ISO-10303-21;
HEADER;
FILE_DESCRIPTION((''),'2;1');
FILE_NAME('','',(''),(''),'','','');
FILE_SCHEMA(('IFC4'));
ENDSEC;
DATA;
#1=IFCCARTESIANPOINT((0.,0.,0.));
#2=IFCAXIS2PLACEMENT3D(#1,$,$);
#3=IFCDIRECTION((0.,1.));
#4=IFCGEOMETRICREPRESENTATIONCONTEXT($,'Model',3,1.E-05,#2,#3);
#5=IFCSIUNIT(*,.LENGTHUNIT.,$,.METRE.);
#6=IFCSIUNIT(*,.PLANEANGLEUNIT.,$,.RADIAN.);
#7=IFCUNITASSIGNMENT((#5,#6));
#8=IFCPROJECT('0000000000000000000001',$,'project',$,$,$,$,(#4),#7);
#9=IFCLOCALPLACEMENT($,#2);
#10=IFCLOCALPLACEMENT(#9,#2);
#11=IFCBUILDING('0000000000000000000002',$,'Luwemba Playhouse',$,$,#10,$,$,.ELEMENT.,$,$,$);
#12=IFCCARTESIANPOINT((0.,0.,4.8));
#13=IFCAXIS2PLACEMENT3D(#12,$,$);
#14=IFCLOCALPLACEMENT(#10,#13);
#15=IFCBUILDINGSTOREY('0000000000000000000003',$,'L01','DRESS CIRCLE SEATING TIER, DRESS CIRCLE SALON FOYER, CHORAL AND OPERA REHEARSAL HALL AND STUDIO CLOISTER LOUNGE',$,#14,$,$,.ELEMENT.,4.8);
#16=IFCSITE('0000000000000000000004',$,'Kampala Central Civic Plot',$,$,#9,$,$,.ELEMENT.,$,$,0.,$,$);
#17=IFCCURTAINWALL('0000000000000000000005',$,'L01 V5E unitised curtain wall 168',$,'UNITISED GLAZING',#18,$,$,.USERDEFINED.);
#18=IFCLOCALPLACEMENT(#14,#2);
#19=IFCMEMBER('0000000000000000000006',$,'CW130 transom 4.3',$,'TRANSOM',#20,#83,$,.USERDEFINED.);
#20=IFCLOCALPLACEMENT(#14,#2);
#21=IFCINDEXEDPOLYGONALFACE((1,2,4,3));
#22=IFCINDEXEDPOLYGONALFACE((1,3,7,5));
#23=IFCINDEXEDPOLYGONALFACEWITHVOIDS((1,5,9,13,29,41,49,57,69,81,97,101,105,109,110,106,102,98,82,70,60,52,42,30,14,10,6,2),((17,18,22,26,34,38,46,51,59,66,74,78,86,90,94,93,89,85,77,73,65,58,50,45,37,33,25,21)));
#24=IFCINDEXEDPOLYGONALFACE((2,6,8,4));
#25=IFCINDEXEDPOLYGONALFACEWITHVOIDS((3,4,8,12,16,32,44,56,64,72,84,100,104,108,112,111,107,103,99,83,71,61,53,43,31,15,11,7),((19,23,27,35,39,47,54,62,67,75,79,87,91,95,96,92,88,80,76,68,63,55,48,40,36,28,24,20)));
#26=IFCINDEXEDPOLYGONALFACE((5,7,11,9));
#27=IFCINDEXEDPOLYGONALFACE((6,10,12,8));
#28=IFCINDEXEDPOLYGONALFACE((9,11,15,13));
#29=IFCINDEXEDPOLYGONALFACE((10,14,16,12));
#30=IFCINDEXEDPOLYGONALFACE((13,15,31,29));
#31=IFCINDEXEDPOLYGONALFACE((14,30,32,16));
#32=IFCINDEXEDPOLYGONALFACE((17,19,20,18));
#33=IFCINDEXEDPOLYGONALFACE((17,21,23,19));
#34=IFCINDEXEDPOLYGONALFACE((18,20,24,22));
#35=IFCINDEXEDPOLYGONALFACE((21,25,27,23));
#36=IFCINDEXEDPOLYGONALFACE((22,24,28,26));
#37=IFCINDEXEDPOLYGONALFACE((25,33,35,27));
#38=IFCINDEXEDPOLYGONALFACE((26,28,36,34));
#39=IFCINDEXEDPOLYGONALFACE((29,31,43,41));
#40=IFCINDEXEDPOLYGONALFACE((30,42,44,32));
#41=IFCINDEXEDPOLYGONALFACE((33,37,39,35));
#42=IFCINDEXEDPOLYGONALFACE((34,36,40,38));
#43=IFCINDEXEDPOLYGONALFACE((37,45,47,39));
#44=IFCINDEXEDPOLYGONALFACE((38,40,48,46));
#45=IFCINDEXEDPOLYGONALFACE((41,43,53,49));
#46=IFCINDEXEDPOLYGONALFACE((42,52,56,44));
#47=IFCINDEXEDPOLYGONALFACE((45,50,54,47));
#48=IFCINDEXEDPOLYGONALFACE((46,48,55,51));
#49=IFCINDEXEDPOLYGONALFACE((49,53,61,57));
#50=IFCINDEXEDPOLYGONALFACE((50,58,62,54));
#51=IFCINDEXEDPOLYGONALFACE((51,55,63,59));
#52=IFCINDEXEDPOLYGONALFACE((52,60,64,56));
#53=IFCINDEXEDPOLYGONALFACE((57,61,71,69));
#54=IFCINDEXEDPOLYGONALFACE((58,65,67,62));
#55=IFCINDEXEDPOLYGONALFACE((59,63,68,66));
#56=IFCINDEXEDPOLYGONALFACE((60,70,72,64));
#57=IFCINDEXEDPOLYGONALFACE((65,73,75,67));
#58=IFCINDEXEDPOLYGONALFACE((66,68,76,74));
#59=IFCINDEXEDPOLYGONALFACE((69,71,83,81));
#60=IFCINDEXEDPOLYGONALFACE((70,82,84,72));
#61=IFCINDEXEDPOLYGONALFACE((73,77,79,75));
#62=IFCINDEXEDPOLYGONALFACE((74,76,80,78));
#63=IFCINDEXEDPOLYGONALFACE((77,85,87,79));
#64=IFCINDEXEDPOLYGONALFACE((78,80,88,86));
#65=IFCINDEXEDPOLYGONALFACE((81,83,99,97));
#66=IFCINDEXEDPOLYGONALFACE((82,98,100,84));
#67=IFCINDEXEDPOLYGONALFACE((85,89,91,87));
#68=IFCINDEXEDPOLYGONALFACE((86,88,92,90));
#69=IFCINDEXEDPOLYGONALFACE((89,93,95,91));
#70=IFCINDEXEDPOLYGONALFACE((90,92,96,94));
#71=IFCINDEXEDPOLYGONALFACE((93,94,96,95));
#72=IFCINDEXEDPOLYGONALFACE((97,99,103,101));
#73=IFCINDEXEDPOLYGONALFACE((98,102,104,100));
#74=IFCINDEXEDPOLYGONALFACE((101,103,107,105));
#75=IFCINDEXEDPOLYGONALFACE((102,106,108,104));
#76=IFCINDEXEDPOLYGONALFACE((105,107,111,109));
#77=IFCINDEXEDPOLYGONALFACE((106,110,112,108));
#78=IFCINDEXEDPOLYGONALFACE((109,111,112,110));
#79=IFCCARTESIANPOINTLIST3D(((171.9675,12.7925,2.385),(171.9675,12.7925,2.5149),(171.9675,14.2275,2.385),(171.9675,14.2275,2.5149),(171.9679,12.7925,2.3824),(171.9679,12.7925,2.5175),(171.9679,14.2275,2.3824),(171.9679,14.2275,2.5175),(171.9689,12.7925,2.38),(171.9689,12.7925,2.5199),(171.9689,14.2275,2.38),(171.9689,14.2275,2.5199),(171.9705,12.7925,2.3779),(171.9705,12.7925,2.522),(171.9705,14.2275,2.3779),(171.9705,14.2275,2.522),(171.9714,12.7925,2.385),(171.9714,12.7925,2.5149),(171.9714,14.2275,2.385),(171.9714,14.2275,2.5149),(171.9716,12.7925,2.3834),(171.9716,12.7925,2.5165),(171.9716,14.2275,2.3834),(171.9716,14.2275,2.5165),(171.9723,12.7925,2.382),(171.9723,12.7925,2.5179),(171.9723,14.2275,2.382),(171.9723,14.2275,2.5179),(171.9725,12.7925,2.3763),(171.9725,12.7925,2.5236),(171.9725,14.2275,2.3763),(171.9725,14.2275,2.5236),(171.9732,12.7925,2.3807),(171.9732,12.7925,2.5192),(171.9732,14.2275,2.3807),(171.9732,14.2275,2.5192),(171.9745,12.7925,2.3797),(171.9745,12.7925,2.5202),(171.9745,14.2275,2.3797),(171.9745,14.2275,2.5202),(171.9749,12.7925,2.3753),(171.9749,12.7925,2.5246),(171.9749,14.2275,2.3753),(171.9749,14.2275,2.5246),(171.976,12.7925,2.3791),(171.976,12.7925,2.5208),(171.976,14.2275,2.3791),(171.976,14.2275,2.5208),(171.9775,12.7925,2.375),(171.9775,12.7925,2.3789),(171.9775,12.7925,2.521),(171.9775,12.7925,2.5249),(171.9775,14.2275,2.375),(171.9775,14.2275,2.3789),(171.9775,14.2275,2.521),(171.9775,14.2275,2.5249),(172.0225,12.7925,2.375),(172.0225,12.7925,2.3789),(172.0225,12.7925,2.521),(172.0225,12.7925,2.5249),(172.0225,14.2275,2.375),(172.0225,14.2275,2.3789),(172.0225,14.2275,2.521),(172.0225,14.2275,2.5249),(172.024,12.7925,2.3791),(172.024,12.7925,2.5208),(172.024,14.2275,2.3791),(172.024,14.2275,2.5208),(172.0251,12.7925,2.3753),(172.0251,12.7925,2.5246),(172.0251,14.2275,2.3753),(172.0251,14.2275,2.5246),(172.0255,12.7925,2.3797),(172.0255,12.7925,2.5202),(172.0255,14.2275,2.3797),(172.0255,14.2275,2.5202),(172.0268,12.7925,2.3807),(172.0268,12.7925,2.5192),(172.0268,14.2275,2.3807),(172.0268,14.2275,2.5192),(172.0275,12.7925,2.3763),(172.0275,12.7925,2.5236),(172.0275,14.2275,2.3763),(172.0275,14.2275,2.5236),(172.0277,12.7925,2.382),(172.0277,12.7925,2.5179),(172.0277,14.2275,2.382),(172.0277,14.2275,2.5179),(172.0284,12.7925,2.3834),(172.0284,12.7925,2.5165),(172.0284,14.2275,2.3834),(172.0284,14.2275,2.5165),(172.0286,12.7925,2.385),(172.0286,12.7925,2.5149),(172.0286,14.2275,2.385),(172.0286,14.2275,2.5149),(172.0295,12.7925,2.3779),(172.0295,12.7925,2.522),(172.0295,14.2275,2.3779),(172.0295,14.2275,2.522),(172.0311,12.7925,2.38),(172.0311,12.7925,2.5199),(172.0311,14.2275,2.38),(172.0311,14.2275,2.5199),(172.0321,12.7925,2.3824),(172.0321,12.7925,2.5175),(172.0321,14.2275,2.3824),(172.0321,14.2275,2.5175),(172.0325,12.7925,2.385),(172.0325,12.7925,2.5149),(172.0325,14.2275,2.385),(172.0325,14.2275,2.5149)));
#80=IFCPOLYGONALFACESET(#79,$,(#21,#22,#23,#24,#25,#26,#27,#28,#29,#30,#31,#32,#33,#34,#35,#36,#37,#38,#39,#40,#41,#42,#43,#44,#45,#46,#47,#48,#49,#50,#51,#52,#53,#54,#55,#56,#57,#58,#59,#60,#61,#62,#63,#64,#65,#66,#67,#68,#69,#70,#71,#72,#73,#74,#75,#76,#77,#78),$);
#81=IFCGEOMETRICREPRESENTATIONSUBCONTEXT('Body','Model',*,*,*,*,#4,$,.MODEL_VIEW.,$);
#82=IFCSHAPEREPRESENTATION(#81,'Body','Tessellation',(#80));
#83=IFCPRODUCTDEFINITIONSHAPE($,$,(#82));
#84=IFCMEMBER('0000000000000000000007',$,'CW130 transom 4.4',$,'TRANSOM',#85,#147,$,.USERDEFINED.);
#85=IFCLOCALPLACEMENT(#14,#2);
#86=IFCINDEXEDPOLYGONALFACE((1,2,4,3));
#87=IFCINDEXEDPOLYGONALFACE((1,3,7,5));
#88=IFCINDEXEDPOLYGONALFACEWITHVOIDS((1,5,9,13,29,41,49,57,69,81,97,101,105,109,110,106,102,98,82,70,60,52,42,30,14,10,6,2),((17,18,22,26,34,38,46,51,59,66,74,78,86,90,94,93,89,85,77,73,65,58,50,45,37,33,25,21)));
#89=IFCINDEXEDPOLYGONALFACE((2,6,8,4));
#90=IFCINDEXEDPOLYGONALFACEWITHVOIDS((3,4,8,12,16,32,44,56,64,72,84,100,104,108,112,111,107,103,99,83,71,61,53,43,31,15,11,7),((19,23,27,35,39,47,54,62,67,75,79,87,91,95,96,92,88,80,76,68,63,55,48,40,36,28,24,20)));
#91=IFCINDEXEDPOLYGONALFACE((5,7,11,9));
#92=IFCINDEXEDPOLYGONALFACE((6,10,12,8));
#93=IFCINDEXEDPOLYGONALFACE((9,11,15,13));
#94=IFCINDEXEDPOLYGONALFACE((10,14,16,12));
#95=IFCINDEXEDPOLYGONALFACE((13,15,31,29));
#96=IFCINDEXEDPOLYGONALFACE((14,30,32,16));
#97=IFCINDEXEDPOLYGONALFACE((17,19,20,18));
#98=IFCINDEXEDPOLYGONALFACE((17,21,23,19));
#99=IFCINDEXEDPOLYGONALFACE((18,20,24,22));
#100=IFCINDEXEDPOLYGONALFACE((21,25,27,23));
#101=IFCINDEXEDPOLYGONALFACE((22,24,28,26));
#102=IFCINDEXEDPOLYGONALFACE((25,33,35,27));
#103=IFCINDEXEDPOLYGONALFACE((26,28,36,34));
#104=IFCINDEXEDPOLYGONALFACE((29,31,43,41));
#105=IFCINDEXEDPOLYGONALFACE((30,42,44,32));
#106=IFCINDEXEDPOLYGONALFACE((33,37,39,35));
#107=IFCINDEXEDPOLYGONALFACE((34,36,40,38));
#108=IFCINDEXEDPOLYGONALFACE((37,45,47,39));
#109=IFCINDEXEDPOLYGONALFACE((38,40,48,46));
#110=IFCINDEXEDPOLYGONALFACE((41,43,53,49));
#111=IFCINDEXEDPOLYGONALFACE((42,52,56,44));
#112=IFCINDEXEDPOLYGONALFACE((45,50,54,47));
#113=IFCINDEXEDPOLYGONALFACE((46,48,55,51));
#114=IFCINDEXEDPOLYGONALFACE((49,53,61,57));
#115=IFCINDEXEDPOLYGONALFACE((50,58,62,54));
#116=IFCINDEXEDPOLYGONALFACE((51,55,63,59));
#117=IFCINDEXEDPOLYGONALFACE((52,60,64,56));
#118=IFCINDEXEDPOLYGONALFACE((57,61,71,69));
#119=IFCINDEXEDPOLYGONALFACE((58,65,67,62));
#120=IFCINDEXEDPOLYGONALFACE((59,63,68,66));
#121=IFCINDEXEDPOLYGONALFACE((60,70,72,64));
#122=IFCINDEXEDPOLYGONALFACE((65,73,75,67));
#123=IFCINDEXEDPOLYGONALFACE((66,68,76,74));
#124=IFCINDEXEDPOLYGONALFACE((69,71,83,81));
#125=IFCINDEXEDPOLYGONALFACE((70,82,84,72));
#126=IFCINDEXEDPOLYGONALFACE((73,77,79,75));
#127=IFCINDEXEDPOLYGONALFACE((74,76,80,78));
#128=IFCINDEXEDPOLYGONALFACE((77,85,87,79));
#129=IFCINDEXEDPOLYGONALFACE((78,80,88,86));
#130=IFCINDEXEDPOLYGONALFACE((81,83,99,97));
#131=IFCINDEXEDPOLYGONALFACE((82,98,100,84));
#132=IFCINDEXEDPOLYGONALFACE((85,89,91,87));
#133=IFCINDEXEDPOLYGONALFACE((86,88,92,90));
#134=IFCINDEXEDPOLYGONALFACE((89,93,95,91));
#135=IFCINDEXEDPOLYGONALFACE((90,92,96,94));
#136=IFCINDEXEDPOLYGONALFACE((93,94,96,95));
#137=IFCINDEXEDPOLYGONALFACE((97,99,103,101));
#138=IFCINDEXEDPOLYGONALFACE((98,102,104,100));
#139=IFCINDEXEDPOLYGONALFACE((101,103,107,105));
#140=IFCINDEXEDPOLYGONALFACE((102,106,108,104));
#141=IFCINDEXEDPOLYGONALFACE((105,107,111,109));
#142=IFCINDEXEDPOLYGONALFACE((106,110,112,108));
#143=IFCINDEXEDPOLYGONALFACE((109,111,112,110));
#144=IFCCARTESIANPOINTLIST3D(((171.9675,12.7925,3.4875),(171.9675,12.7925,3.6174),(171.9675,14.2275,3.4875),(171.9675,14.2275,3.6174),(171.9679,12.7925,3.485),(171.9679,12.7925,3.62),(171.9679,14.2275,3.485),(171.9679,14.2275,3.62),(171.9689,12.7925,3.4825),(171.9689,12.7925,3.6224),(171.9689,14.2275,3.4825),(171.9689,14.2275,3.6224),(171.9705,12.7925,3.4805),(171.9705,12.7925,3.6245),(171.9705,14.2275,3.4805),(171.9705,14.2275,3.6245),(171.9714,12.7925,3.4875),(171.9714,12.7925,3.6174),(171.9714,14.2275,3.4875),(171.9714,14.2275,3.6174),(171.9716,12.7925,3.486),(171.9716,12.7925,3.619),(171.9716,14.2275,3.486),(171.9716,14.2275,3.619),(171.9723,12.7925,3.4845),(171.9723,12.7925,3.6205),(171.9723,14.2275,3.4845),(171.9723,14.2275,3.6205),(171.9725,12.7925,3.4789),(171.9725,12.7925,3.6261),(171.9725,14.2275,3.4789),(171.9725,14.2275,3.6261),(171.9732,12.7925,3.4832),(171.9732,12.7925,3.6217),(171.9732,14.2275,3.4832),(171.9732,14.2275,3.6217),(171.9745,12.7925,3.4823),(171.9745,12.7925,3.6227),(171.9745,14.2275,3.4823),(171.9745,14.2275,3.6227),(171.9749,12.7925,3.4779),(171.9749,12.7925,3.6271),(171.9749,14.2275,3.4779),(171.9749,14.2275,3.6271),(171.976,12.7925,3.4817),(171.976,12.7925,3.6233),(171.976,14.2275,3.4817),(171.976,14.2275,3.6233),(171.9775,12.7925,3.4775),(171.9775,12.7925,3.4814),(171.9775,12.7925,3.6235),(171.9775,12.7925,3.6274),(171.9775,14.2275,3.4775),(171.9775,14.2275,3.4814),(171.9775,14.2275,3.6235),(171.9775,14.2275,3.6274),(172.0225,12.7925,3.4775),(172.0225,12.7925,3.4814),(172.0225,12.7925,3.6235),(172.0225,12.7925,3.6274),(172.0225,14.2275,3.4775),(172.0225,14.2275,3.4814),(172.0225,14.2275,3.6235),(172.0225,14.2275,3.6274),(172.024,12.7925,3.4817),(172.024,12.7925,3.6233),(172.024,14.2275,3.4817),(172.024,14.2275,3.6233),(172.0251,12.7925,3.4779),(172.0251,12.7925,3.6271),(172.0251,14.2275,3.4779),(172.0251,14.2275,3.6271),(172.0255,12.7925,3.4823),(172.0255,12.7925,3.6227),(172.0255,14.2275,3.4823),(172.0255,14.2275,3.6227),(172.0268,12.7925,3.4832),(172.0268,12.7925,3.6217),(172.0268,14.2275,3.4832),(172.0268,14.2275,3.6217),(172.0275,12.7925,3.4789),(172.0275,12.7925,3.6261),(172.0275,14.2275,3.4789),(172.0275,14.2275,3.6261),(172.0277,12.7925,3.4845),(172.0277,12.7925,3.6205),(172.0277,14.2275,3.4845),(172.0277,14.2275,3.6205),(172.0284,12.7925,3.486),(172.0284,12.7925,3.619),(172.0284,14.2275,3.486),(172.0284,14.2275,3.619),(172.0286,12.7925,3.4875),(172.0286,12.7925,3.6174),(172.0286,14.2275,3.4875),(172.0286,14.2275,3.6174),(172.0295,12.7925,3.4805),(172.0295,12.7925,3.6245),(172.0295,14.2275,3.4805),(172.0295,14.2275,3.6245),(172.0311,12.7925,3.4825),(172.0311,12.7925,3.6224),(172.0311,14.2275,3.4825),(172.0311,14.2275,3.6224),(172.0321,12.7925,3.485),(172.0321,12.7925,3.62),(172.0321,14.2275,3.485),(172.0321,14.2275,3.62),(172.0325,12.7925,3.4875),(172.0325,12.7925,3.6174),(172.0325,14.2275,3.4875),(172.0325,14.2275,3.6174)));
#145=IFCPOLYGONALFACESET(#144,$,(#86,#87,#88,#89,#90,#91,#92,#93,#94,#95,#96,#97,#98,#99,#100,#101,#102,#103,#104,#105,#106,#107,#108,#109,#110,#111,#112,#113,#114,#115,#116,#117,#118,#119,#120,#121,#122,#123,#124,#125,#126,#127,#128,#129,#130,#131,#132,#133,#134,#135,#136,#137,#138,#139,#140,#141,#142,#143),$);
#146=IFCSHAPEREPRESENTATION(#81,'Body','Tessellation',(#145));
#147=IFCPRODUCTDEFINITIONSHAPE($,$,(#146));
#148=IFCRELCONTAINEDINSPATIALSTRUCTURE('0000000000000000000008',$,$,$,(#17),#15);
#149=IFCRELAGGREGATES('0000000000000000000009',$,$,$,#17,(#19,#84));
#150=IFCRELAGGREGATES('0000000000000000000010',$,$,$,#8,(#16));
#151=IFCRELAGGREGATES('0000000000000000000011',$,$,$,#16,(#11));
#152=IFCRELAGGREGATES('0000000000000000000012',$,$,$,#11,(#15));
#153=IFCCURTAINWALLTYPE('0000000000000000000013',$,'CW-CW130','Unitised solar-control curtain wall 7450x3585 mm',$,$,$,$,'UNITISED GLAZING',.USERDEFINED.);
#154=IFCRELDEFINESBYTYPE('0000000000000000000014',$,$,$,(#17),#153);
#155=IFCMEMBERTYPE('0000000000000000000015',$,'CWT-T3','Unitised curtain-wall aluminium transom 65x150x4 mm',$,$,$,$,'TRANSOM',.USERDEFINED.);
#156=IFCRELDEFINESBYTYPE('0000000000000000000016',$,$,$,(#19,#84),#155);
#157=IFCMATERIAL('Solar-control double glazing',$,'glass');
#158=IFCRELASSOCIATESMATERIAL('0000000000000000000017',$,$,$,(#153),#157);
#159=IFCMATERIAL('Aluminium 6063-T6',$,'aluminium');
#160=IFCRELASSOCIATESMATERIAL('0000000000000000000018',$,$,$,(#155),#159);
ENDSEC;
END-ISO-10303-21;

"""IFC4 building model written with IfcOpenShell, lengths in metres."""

from ifc_helpers import new_model, si_unit, direction, frame, origin, origin_2d, place, context, subcontext, project, spatial, hollow_rectangle, extrude, material, material_profile, profile_set, type_object, element, aggregate, save


model = new_model("IFC4")

# Units and contexts
model_context = context("Model", 3, precision=1e-05, world=origin(), true_north=direction((0.0, 1.0)))
body_context = subcontext(model_context, "Body", "Model", "MODEL_VIEW")
ifc_project = project(units=[si_unit("LENGTHUNIT", "METRE"), si_unit("PLANEANGLEUNIT", "RADIAN")], contexts=[model_context])

# Site, building, storey
site_placement = place(None, origin())
site = spatial("IfcSite", under=ifc_project, at=site_placement, Name="Kampala Central Civic Plot", CompositionType="ELEMENT", RefElevation=0.0)
building_placement = place(site_placement, origin())
building = spatial("IfcBuilding", under=site, at=building_placement, Name="Luwemba Playhouse", CompositionType="ELEMENT")
storey_placement = place(building_placement, frame((0.0, 0.0, 4.8)))
storey = spatial("IfcBuildingStorey", under=building, at=storey_placement, Name="L01", Description="DRESS CIRCLE SEATING TIER, DRESS CIRCLE SALON FOYER, CHORAL AND OPERA REHEARSAL HALL AND STUDIO CLOISTER LOUNGE", CompositionType="ELEMENT", Elevation=4.8)

# Curtain wall, members
ifc_material_1 = material(Name="Solar-control double glazing", Category="glass")
curtain_wall_type_1 = type_object("IfcCurtainWallType", Name="CW-CW130", Description="Unitised solar-control curtain wall 7450x3585 mm", ElementType="UNITISED GLAZING", PredefinedType="USERDEFINED", material=ifc_material_1)
curtain_wall_1_placement = place(storey_placement, origin())
curtain_wall_1 = element("IfcCurtainWall", 1, at=curtain_wall_1_placement, inside=storey, type_object=curtain_wall_type_1, Name="L01 V5E unitised curtain wall 168", ObjectType="UNITISED GLAZING", PredefinedType="USERDEFINED")
ifc_material_2 = material(Name="Aluminium 6063-T6", Category="aluminium")
ifc_material_profile_1 = material_profile(ifc_material_2, hollow_rectangle(XDim=0.0649, YDim=0.1499, WallThickness=0.0039, InnerFilletRadius=0.0061, OuterFilletRadius=0.01, at=origin_2d()))
ifc_profile_set_1 = profile_set([ifc_material_profile_1], Name="Aluminium 6063-T6")
member_type_1 = type_object("IfcMemberType", Name="CWT-T3", Description="Unitised curtain-wall aluminium transom 65x150x4 mm", ElementType="TRANSOM", PredefinedType="USERDEFINED", material=ifc_profile_set_1)
member_1_placement = place(storey_placement, frame((172.0, 14.2275, 2.45), z_axis=(0.0, -1.0, 0.0), x_axis=(1.0, 0.0, 0.0)))
member_1 = element("IfcMember", 2, at=member_1_placement, type_object=member_type_1, Name="CW130 transom 4.3", ObjectType="TRANSOM", PredefinedType="USERDEFINED", context=body_context, shape_type="SweptSolid", body=[
    extrude(hollow_rectangle(XDim=0.0649, YDim=0.1499, WallThickness=0.0039, InnerFilletRadius=0.0061, OuterFilletRadius=0.01, at=origin_2d()), origin(), (0.0, 0.0, 1.0), 1.4351),
])
member_2_placement = place(storey_placement, frame((172.0, 14.2275, 3.5525), z_axis=(0.0, -1.0, 0.0), x_axis=(1.0, 0.0, 0.0)))
member_2 = element("IfcMember", 3, at=member_2_placement, type_object=member_type_1, Name="CW130 transom 4.4", ObjectType="TRANSOM", PredefinedType="USERDEFINED", context=body_context, shape_type="SweptSolid", body=[
    extrude(hollow_rectangle(XDim=0.0649, YDim=0.1499, WallThickness=0.0039, InnerFilletRadius=0.0061, OuterFilletRadius=0.01, at=origin_2d()), origin(), (0.0, 0.0, 1.0), 1.4351),
])

aggregate(curtain_wall_1, [member_1, member_2])

save(model, "model.ifc")
